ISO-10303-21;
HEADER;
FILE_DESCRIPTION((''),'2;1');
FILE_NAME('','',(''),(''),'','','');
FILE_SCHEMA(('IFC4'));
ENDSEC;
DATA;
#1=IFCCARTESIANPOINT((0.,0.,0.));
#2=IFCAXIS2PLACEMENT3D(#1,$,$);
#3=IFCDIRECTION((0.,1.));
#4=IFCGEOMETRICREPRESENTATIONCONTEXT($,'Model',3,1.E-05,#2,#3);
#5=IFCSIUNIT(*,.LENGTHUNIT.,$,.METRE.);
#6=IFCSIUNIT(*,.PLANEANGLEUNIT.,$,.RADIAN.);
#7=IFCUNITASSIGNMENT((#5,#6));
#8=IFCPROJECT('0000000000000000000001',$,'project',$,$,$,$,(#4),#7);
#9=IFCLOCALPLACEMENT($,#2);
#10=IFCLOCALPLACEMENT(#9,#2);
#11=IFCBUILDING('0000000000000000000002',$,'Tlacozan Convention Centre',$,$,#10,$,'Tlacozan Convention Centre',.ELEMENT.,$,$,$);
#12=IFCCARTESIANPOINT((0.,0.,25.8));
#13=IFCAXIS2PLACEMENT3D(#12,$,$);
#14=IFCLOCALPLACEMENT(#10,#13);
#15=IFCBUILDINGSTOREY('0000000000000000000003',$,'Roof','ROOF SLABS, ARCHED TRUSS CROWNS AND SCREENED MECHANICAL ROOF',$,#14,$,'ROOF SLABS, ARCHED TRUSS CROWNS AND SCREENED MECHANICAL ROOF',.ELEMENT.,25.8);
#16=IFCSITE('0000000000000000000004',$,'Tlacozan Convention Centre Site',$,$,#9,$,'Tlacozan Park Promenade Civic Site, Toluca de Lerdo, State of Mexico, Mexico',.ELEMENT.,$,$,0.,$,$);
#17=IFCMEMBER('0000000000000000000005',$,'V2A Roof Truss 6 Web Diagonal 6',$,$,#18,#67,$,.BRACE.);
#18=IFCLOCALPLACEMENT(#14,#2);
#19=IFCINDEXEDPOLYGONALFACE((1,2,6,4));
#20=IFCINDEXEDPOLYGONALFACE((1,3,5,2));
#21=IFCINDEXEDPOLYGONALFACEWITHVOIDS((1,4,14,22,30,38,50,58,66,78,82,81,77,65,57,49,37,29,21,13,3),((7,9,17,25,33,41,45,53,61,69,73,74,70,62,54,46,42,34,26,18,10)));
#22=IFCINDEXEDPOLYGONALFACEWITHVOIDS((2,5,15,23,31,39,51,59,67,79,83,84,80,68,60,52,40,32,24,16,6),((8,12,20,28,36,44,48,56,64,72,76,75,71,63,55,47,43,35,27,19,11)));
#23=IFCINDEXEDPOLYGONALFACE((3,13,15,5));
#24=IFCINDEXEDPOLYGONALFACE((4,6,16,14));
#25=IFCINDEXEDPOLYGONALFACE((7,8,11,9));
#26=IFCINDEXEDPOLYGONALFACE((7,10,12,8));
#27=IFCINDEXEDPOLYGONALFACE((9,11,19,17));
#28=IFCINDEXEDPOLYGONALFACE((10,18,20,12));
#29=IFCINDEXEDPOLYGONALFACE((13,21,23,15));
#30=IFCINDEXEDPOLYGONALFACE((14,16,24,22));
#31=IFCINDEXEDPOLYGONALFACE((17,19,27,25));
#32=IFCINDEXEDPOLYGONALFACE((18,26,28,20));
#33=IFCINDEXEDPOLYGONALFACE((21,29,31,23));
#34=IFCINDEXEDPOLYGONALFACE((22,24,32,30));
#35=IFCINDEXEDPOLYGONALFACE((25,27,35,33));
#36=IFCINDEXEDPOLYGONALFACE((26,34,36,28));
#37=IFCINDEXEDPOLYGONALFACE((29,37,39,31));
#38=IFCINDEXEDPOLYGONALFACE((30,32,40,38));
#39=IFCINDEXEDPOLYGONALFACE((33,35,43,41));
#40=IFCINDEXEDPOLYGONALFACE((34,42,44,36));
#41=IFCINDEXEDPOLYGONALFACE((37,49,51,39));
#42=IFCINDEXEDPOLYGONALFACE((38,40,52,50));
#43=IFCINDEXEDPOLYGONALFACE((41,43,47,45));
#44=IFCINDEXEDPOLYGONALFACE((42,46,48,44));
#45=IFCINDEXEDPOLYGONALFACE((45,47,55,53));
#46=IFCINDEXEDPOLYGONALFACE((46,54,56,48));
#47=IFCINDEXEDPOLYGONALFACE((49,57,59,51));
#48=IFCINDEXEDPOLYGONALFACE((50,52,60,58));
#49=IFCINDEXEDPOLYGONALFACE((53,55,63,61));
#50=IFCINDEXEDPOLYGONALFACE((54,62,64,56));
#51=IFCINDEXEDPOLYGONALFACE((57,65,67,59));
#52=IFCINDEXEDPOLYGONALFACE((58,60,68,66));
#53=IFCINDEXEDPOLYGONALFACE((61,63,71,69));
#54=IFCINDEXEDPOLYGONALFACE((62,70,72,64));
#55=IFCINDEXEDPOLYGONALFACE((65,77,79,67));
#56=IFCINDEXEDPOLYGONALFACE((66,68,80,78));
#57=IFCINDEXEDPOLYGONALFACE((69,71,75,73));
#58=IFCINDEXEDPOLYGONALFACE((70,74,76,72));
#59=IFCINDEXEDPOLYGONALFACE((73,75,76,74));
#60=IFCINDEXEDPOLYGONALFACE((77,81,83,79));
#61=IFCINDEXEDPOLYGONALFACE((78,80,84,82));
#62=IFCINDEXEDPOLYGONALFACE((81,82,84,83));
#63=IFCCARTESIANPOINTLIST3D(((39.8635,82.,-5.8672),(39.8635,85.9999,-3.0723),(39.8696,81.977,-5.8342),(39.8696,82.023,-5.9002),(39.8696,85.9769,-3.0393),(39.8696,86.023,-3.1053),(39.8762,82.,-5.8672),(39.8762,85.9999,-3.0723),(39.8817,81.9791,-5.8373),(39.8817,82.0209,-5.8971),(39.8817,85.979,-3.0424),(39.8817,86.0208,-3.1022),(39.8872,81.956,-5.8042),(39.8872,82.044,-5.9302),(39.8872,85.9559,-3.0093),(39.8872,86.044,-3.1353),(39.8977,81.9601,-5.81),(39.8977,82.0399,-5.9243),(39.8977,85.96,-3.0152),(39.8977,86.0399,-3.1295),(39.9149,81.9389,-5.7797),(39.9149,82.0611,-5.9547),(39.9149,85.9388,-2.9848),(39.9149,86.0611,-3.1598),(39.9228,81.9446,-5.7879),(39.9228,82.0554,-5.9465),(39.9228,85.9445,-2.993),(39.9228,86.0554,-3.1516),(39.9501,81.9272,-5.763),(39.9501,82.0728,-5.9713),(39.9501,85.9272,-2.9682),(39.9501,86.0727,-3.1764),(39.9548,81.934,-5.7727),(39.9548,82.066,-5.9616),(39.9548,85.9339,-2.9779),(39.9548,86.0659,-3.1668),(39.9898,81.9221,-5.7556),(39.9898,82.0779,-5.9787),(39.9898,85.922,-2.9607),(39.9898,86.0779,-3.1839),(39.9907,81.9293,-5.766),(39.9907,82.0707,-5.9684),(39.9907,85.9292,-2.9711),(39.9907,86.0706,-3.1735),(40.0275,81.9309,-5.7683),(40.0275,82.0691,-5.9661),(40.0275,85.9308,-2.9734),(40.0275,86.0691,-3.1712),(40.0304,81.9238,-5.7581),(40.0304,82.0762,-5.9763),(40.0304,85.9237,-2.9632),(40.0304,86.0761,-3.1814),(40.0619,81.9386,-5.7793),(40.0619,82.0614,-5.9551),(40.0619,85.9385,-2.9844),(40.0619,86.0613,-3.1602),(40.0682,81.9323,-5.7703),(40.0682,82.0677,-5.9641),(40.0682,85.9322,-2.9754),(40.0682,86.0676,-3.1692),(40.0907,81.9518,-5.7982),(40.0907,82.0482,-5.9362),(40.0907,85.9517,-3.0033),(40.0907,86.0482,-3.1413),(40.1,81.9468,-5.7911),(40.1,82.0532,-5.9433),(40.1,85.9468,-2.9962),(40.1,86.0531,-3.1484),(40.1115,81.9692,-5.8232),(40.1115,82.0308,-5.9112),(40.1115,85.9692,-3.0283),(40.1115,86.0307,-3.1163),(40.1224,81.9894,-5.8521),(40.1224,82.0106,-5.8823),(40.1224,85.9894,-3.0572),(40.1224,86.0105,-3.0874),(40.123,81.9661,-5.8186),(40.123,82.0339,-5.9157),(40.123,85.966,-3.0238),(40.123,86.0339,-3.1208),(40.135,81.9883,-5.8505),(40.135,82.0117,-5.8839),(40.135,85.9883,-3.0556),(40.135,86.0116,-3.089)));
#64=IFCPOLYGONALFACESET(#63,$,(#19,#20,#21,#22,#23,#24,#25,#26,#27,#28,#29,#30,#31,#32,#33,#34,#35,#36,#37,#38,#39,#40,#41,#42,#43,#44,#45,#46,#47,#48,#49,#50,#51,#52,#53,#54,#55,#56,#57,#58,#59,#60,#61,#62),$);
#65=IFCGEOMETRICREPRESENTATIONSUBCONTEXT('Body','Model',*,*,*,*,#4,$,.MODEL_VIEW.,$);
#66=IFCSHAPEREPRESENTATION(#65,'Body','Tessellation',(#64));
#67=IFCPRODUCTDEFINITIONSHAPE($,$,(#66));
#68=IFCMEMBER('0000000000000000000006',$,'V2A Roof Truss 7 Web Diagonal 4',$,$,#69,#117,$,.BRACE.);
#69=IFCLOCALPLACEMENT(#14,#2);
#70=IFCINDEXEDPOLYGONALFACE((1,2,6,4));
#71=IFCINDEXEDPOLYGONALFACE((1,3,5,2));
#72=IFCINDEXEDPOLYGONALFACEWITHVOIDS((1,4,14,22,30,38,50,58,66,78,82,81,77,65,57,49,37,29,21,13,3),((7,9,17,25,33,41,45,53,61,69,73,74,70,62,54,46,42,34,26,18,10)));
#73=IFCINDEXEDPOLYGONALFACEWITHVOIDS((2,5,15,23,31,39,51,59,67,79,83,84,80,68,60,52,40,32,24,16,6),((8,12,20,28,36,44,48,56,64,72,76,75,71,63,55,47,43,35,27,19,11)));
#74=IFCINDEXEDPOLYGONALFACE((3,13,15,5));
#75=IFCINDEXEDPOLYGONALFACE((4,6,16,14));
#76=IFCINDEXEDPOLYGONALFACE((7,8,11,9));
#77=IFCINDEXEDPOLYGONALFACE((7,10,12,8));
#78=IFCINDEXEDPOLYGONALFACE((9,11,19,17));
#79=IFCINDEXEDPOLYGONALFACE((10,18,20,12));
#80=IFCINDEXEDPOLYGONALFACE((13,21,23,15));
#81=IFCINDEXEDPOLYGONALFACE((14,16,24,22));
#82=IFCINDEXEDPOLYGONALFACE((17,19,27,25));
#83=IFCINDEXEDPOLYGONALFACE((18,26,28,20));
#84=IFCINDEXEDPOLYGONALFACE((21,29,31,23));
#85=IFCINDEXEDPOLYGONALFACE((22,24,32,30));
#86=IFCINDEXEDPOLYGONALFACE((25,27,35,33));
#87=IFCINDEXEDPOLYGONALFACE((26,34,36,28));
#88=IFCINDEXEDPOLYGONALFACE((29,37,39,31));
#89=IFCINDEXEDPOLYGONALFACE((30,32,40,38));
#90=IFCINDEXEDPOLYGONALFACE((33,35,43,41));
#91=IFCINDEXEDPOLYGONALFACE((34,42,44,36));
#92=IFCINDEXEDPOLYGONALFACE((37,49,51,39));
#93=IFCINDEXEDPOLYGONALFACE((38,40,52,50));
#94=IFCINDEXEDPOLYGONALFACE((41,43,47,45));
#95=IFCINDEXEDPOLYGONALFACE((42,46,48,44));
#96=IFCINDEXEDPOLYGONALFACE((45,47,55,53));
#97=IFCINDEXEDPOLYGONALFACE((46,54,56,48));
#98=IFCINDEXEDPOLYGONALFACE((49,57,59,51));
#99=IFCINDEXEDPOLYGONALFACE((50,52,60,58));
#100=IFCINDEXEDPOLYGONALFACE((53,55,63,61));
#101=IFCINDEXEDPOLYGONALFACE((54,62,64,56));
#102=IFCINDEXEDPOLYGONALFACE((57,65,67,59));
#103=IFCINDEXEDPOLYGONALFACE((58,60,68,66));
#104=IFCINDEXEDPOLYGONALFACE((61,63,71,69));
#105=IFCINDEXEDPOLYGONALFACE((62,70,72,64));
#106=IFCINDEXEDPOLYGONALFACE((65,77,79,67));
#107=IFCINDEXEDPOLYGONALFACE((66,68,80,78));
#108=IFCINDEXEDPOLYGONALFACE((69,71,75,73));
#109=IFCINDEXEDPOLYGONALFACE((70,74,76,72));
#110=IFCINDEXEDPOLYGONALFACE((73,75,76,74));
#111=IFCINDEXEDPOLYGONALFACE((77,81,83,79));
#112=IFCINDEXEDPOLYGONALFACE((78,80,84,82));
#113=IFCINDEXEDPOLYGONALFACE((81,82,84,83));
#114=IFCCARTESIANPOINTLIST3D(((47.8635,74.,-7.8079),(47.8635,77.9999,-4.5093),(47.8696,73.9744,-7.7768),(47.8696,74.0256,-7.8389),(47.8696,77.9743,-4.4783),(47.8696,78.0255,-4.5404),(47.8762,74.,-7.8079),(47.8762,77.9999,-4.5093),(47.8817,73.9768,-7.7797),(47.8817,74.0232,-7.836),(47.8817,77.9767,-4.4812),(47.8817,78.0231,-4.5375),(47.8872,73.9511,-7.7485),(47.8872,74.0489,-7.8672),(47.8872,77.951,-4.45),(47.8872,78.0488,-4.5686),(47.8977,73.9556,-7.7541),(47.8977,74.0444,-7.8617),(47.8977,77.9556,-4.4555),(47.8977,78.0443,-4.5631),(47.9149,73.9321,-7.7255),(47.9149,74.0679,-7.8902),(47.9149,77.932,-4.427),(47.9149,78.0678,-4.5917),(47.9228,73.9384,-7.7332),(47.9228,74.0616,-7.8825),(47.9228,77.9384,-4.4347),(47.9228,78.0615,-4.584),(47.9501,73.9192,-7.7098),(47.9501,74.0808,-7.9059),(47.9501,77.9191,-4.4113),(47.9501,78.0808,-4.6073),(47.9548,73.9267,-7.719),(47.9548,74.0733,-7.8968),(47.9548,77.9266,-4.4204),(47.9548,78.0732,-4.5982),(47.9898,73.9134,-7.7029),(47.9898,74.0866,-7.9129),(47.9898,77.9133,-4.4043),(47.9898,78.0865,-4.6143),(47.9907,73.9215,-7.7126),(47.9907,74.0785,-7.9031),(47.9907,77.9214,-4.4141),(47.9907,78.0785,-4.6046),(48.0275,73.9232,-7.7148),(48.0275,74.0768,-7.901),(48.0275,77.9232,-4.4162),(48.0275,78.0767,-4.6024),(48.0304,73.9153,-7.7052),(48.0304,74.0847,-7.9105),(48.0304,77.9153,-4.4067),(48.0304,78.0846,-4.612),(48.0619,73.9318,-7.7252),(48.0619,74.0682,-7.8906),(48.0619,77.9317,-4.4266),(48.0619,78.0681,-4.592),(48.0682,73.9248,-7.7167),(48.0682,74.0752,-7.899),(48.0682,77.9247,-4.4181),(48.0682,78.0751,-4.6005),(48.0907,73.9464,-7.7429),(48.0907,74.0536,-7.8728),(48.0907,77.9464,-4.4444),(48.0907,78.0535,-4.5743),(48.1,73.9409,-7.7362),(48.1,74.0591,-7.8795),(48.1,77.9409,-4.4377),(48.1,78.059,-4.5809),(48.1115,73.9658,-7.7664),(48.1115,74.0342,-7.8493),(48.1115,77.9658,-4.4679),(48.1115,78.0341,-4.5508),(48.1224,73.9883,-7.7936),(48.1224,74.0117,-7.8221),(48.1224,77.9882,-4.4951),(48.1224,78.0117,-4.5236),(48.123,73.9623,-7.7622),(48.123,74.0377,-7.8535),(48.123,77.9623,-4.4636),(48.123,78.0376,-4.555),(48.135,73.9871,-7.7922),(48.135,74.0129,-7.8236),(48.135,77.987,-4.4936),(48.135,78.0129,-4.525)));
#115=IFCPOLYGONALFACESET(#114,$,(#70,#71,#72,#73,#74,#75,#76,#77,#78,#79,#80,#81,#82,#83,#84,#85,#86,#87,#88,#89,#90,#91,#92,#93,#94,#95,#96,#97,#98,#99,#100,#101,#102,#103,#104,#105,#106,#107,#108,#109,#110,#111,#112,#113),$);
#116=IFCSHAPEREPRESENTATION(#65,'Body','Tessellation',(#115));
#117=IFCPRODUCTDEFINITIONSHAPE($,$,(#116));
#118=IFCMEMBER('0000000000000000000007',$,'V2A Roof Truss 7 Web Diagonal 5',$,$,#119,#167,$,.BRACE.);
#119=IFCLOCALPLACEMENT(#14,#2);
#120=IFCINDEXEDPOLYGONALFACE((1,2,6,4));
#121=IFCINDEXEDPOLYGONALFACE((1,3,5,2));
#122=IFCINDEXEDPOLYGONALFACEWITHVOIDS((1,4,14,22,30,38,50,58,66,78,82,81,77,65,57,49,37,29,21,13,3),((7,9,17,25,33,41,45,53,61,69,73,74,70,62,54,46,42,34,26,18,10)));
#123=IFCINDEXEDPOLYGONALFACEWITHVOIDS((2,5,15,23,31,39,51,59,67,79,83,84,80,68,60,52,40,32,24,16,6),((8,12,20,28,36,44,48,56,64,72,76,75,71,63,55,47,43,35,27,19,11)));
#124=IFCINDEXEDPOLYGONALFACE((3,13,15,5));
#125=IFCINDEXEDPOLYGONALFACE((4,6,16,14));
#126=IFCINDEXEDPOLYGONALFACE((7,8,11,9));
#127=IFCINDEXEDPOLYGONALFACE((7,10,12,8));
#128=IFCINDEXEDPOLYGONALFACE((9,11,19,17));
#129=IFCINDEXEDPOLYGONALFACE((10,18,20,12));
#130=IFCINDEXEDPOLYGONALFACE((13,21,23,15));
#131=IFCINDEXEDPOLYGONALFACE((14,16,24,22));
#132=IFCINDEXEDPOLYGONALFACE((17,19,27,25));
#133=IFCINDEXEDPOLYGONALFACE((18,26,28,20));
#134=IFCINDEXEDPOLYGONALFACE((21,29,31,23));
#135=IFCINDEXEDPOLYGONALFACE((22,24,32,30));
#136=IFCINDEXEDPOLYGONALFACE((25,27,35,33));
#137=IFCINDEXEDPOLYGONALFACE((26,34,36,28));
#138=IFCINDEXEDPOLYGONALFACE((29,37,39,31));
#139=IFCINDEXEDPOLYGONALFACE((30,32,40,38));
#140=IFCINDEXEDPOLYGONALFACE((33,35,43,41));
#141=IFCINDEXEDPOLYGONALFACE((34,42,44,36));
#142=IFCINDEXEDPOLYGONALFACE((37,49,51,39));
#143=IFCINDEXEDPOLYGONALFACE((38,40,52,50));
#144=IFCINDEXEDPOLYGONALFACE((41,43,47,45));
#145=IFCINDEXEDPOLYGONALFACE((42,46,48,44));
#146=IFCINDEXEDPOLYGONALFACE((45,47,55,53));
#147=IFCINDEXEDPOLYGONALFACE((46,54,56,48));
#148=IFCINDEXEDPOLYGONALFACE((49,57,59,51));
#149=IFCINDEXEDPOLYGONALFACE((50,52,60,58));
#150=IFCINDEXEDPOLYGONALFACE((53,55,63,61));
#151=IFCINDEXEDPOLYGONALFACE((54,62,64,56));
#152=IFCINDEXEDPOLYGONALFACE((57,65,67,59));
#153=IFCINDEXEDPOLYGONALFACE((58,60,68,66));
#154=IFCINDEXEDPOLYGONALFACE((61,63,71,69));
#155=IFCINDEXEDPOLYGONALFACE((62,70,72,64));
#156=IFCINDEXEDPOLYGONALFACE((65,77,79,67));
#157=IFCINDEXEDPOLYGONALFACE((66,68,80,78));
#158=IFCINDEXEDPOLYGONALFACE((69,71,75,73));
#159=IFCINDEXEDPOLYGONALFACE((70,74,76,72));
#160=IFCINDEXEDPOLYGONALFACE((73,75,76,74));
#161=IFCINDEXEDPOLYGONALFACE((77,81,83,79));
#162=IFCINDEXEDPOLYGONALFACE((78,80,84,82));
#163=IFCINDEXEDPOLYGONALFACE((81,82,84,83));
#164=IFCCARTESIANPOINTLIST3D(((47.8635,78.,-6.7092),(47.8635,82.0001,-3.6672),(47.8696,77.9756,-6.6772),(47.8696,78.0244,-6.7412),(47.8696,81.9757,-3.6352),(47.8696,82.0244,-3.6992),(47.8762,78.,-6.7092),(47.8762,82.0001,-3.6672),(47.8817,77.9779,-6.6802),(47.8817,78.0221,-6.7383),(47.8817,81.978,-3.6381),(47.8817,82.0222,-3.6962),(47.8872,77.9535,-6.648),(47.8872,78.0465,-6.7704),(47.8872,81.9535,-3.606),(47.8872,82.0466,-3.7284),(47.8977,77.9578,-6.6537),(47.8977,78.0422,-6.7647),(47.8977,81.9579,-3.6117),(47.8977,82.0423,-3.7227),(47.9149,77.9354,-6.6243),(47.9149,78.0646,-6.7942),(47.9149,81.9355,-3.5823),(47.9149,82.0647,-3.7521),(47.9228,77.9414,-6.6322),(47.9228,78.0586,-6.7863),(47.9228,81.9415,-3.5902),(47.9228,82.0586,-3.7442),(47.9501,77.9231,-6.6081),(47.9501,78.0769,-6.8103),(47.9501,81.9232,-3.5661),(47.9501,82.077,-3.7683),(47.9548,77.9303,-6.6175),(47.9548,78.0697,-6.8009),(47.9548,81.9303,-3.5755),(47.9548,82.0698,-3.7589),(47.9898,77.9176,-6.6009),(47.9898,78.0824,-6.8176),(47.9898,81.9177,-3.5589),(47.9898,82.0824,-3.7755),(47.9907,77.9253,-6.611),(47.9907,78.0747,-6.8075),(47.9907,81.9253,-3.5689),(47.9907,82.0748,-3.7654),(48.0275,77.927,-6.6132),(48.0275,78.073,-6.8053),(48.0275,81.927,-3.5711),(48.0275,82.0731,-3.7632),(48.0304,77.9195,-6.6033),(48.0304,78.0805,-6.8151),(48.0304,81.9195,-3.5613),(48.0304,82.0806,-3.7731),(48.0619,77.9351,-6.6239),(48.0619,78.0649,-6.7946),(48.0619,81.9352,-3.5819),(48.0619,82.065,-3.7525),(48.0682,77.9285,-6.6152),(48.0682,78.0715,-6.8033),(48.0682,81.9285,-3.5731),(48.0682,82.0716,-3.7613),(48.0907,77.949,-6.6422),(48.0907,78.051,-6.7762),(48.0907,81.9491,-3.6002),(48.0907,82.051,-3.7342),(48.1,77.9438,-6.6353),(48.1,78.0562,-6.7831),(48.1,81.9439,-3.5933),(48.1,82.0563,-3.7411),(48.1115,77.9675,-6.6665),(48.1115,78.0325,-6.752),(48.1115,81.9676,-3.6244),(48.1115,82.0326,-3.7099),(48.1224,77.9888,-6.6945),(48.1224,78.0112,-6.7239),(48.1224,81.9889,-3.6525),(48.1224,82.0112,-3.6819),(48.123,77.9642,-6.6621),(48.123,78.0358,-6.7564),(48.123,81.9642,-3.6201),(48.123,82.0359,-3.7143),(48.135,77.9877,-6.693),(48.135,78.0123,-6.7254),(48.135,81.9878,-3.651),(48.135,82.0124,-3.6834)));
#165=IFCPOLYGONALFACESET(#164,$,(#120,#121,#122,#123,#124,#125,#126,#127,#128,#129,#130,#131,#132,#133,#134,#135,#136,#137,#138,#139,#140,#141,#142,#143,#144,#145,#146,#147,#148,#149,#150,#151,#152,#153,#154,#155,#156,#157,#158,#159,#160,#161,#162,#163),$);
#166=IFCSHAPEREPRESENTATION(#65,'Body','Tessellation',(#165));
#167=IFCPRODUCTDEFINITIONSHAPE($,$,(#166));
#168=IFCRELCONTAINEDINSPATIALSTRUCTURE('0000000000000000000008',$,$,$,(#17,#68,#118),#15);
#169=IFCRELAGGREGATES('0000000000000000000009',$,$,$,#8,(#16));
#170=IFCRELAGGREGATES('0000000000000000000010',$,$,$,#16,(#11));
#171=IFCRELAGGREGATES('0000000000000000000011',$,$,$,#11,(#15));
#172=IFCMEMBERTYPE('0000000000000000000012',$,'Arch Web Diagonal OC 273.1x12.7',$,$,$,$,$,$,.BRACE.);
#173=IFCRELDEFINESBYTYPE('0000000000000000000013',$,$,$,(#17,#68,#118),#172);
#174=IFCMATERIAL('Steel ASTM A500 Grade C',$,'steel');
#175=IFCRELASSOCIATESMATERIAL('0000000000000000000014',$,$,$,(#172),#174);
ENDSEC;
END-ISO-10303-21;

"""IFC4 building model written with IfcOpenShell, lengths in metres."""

from ifc_helpers import new_model, si_unit, direction, frame, origin, origin_2d, place, context, subcontext, project, spatial, hollow_circle, extrude, material, material_profile, profile_set, type_object, element, save


model = new_model("IFC4")

# Units and contexts
model_context = context("Model", 3, precision=1e-05, world=origin(), true_north=direction((0.0, 1.0)))
body_context = subcontext(model_context, "Body", "Model", "MODEL_VIEW")
ifc_project = project(units=[si_unit("LENGTHUNIT", "METRE"), si_unit("PLANEANGLEUNIT", "RADIAN")], contexts=[model_context])

# Site, building, storey
site_placement = place(None, origin())
site = spatial("IfcSite", under=ifc_project, at=site_placement, Name="Tlacozan Convention Centre Site", LongName="Tlacozan Park Promenade Civic Site, Toluca de Lerdo, State of Mexico, Mexico", CompositionType="ELEMENT", RefElevation=0.0)
building_placement = place(site_placement, origin())
building = spatial("IfcBuilding", under=site, at=building_placement, Name="Tlacozan Convention Centre", LongName="Tlacozan Convention Centre", CompositionType="ELEMENT")
storey_placement = place(building_placement, frame((0.0, 0.0, 25.8)))
storey = spatial("IfcBuildingStorey", under=building, at=storey_placement, Name="Roof", Description="ROOF SLABS, ARCHED TRUSS CROWNS AND SCREENED MECHANICAL ROOF", LongName="ROOF SLABS, ARCHED TRUSS CROWNS AND SCREENED MECHANICAL ROOF", CompositionType="ELEMENT", Elevation=25.8)

# Members
ifc_material_1 = material(Name="Steel ASTM A500 Grade C", Category="steel")
ifc_material_profile_1 = material_profile(ifc_material_1, hollow_circle(Radius=0.1365, WallThickness=0.0127, at=origin_2d()), Name="OC 273.1x12.7")
ifc_profile_set_1 = profile_set([ifc_material_profile_1], Name="Steel ASTM A500 Grade C")
member_type_1 = type_object("IfcMemberType", Name="Arch Web Diagonal OC 273.1x12.7", PredefinedType="BRACE", material=ifc_profile_set_1)
member_1_placement = place(storey_placement, frame((40.0, 82.0, -5.8672), z_axis=(0.0, 0.819721, 0.572764), x_axis=(-1.0, 0.0, 0.0)))
element("IfcMember", 1, at=member_1_placement, inside=storey, type_object=member_type_1, Name="V2A Roof Truss 6 Web Diagonal 6", PredefinedType="BRACE", context=body_context, shape_type="SweptSolid", body=[
    extrude(hollow_circle(Radius=0.1365, WallThickness=0.0127, at=origin_2d()), origin(), (0.0, 0.0, 1.0), 4.8796),
])
member_2_placement = place(storey_placement, frame((48.0, 74.0, -7.8079), z_axis=(0.0, 0.771507, 0.63622), x_axis=(-1.0, 0.0, 0.0)))
element("IfcMember", 2, at=member_2_placement, inside=storey, type_object=member_type_1, Name="V2A Roof Truss 7 Web Diagonal 4", PredefinedType="BRACE", context=body_context, shape_type="SweptSolid", body=[
    extrude(hollow_circle(Radius=0.1365, WallThickness=0.0127, at=origin_2d()), origin(), (0.0, 0.0, 1.0), 5.1846),
])
member_3_placement = place(storey_placement, frame((48.0, 78.0, -6.7092), z_axis=(0.0, 0.795971, 0.605335), x_axis=(-1.0, 0.0, 0.0)))
element("IfcMember", 3, at=member_3_placement, inside=storey, type_object=member_type_1, Name="V2A Roof Truss 7 Web Diagonal 5", PredefinedType="BRACE", context=body_context, shape_type="SweptSolid", body=[
    extrude(hollow_circle(Radius=0.1365, WallThickness=0.0127, at=origin_2d()), origin(), (0.0, 0.0, 1.0), 5.0254),
])

save(model, "model.ifc")
